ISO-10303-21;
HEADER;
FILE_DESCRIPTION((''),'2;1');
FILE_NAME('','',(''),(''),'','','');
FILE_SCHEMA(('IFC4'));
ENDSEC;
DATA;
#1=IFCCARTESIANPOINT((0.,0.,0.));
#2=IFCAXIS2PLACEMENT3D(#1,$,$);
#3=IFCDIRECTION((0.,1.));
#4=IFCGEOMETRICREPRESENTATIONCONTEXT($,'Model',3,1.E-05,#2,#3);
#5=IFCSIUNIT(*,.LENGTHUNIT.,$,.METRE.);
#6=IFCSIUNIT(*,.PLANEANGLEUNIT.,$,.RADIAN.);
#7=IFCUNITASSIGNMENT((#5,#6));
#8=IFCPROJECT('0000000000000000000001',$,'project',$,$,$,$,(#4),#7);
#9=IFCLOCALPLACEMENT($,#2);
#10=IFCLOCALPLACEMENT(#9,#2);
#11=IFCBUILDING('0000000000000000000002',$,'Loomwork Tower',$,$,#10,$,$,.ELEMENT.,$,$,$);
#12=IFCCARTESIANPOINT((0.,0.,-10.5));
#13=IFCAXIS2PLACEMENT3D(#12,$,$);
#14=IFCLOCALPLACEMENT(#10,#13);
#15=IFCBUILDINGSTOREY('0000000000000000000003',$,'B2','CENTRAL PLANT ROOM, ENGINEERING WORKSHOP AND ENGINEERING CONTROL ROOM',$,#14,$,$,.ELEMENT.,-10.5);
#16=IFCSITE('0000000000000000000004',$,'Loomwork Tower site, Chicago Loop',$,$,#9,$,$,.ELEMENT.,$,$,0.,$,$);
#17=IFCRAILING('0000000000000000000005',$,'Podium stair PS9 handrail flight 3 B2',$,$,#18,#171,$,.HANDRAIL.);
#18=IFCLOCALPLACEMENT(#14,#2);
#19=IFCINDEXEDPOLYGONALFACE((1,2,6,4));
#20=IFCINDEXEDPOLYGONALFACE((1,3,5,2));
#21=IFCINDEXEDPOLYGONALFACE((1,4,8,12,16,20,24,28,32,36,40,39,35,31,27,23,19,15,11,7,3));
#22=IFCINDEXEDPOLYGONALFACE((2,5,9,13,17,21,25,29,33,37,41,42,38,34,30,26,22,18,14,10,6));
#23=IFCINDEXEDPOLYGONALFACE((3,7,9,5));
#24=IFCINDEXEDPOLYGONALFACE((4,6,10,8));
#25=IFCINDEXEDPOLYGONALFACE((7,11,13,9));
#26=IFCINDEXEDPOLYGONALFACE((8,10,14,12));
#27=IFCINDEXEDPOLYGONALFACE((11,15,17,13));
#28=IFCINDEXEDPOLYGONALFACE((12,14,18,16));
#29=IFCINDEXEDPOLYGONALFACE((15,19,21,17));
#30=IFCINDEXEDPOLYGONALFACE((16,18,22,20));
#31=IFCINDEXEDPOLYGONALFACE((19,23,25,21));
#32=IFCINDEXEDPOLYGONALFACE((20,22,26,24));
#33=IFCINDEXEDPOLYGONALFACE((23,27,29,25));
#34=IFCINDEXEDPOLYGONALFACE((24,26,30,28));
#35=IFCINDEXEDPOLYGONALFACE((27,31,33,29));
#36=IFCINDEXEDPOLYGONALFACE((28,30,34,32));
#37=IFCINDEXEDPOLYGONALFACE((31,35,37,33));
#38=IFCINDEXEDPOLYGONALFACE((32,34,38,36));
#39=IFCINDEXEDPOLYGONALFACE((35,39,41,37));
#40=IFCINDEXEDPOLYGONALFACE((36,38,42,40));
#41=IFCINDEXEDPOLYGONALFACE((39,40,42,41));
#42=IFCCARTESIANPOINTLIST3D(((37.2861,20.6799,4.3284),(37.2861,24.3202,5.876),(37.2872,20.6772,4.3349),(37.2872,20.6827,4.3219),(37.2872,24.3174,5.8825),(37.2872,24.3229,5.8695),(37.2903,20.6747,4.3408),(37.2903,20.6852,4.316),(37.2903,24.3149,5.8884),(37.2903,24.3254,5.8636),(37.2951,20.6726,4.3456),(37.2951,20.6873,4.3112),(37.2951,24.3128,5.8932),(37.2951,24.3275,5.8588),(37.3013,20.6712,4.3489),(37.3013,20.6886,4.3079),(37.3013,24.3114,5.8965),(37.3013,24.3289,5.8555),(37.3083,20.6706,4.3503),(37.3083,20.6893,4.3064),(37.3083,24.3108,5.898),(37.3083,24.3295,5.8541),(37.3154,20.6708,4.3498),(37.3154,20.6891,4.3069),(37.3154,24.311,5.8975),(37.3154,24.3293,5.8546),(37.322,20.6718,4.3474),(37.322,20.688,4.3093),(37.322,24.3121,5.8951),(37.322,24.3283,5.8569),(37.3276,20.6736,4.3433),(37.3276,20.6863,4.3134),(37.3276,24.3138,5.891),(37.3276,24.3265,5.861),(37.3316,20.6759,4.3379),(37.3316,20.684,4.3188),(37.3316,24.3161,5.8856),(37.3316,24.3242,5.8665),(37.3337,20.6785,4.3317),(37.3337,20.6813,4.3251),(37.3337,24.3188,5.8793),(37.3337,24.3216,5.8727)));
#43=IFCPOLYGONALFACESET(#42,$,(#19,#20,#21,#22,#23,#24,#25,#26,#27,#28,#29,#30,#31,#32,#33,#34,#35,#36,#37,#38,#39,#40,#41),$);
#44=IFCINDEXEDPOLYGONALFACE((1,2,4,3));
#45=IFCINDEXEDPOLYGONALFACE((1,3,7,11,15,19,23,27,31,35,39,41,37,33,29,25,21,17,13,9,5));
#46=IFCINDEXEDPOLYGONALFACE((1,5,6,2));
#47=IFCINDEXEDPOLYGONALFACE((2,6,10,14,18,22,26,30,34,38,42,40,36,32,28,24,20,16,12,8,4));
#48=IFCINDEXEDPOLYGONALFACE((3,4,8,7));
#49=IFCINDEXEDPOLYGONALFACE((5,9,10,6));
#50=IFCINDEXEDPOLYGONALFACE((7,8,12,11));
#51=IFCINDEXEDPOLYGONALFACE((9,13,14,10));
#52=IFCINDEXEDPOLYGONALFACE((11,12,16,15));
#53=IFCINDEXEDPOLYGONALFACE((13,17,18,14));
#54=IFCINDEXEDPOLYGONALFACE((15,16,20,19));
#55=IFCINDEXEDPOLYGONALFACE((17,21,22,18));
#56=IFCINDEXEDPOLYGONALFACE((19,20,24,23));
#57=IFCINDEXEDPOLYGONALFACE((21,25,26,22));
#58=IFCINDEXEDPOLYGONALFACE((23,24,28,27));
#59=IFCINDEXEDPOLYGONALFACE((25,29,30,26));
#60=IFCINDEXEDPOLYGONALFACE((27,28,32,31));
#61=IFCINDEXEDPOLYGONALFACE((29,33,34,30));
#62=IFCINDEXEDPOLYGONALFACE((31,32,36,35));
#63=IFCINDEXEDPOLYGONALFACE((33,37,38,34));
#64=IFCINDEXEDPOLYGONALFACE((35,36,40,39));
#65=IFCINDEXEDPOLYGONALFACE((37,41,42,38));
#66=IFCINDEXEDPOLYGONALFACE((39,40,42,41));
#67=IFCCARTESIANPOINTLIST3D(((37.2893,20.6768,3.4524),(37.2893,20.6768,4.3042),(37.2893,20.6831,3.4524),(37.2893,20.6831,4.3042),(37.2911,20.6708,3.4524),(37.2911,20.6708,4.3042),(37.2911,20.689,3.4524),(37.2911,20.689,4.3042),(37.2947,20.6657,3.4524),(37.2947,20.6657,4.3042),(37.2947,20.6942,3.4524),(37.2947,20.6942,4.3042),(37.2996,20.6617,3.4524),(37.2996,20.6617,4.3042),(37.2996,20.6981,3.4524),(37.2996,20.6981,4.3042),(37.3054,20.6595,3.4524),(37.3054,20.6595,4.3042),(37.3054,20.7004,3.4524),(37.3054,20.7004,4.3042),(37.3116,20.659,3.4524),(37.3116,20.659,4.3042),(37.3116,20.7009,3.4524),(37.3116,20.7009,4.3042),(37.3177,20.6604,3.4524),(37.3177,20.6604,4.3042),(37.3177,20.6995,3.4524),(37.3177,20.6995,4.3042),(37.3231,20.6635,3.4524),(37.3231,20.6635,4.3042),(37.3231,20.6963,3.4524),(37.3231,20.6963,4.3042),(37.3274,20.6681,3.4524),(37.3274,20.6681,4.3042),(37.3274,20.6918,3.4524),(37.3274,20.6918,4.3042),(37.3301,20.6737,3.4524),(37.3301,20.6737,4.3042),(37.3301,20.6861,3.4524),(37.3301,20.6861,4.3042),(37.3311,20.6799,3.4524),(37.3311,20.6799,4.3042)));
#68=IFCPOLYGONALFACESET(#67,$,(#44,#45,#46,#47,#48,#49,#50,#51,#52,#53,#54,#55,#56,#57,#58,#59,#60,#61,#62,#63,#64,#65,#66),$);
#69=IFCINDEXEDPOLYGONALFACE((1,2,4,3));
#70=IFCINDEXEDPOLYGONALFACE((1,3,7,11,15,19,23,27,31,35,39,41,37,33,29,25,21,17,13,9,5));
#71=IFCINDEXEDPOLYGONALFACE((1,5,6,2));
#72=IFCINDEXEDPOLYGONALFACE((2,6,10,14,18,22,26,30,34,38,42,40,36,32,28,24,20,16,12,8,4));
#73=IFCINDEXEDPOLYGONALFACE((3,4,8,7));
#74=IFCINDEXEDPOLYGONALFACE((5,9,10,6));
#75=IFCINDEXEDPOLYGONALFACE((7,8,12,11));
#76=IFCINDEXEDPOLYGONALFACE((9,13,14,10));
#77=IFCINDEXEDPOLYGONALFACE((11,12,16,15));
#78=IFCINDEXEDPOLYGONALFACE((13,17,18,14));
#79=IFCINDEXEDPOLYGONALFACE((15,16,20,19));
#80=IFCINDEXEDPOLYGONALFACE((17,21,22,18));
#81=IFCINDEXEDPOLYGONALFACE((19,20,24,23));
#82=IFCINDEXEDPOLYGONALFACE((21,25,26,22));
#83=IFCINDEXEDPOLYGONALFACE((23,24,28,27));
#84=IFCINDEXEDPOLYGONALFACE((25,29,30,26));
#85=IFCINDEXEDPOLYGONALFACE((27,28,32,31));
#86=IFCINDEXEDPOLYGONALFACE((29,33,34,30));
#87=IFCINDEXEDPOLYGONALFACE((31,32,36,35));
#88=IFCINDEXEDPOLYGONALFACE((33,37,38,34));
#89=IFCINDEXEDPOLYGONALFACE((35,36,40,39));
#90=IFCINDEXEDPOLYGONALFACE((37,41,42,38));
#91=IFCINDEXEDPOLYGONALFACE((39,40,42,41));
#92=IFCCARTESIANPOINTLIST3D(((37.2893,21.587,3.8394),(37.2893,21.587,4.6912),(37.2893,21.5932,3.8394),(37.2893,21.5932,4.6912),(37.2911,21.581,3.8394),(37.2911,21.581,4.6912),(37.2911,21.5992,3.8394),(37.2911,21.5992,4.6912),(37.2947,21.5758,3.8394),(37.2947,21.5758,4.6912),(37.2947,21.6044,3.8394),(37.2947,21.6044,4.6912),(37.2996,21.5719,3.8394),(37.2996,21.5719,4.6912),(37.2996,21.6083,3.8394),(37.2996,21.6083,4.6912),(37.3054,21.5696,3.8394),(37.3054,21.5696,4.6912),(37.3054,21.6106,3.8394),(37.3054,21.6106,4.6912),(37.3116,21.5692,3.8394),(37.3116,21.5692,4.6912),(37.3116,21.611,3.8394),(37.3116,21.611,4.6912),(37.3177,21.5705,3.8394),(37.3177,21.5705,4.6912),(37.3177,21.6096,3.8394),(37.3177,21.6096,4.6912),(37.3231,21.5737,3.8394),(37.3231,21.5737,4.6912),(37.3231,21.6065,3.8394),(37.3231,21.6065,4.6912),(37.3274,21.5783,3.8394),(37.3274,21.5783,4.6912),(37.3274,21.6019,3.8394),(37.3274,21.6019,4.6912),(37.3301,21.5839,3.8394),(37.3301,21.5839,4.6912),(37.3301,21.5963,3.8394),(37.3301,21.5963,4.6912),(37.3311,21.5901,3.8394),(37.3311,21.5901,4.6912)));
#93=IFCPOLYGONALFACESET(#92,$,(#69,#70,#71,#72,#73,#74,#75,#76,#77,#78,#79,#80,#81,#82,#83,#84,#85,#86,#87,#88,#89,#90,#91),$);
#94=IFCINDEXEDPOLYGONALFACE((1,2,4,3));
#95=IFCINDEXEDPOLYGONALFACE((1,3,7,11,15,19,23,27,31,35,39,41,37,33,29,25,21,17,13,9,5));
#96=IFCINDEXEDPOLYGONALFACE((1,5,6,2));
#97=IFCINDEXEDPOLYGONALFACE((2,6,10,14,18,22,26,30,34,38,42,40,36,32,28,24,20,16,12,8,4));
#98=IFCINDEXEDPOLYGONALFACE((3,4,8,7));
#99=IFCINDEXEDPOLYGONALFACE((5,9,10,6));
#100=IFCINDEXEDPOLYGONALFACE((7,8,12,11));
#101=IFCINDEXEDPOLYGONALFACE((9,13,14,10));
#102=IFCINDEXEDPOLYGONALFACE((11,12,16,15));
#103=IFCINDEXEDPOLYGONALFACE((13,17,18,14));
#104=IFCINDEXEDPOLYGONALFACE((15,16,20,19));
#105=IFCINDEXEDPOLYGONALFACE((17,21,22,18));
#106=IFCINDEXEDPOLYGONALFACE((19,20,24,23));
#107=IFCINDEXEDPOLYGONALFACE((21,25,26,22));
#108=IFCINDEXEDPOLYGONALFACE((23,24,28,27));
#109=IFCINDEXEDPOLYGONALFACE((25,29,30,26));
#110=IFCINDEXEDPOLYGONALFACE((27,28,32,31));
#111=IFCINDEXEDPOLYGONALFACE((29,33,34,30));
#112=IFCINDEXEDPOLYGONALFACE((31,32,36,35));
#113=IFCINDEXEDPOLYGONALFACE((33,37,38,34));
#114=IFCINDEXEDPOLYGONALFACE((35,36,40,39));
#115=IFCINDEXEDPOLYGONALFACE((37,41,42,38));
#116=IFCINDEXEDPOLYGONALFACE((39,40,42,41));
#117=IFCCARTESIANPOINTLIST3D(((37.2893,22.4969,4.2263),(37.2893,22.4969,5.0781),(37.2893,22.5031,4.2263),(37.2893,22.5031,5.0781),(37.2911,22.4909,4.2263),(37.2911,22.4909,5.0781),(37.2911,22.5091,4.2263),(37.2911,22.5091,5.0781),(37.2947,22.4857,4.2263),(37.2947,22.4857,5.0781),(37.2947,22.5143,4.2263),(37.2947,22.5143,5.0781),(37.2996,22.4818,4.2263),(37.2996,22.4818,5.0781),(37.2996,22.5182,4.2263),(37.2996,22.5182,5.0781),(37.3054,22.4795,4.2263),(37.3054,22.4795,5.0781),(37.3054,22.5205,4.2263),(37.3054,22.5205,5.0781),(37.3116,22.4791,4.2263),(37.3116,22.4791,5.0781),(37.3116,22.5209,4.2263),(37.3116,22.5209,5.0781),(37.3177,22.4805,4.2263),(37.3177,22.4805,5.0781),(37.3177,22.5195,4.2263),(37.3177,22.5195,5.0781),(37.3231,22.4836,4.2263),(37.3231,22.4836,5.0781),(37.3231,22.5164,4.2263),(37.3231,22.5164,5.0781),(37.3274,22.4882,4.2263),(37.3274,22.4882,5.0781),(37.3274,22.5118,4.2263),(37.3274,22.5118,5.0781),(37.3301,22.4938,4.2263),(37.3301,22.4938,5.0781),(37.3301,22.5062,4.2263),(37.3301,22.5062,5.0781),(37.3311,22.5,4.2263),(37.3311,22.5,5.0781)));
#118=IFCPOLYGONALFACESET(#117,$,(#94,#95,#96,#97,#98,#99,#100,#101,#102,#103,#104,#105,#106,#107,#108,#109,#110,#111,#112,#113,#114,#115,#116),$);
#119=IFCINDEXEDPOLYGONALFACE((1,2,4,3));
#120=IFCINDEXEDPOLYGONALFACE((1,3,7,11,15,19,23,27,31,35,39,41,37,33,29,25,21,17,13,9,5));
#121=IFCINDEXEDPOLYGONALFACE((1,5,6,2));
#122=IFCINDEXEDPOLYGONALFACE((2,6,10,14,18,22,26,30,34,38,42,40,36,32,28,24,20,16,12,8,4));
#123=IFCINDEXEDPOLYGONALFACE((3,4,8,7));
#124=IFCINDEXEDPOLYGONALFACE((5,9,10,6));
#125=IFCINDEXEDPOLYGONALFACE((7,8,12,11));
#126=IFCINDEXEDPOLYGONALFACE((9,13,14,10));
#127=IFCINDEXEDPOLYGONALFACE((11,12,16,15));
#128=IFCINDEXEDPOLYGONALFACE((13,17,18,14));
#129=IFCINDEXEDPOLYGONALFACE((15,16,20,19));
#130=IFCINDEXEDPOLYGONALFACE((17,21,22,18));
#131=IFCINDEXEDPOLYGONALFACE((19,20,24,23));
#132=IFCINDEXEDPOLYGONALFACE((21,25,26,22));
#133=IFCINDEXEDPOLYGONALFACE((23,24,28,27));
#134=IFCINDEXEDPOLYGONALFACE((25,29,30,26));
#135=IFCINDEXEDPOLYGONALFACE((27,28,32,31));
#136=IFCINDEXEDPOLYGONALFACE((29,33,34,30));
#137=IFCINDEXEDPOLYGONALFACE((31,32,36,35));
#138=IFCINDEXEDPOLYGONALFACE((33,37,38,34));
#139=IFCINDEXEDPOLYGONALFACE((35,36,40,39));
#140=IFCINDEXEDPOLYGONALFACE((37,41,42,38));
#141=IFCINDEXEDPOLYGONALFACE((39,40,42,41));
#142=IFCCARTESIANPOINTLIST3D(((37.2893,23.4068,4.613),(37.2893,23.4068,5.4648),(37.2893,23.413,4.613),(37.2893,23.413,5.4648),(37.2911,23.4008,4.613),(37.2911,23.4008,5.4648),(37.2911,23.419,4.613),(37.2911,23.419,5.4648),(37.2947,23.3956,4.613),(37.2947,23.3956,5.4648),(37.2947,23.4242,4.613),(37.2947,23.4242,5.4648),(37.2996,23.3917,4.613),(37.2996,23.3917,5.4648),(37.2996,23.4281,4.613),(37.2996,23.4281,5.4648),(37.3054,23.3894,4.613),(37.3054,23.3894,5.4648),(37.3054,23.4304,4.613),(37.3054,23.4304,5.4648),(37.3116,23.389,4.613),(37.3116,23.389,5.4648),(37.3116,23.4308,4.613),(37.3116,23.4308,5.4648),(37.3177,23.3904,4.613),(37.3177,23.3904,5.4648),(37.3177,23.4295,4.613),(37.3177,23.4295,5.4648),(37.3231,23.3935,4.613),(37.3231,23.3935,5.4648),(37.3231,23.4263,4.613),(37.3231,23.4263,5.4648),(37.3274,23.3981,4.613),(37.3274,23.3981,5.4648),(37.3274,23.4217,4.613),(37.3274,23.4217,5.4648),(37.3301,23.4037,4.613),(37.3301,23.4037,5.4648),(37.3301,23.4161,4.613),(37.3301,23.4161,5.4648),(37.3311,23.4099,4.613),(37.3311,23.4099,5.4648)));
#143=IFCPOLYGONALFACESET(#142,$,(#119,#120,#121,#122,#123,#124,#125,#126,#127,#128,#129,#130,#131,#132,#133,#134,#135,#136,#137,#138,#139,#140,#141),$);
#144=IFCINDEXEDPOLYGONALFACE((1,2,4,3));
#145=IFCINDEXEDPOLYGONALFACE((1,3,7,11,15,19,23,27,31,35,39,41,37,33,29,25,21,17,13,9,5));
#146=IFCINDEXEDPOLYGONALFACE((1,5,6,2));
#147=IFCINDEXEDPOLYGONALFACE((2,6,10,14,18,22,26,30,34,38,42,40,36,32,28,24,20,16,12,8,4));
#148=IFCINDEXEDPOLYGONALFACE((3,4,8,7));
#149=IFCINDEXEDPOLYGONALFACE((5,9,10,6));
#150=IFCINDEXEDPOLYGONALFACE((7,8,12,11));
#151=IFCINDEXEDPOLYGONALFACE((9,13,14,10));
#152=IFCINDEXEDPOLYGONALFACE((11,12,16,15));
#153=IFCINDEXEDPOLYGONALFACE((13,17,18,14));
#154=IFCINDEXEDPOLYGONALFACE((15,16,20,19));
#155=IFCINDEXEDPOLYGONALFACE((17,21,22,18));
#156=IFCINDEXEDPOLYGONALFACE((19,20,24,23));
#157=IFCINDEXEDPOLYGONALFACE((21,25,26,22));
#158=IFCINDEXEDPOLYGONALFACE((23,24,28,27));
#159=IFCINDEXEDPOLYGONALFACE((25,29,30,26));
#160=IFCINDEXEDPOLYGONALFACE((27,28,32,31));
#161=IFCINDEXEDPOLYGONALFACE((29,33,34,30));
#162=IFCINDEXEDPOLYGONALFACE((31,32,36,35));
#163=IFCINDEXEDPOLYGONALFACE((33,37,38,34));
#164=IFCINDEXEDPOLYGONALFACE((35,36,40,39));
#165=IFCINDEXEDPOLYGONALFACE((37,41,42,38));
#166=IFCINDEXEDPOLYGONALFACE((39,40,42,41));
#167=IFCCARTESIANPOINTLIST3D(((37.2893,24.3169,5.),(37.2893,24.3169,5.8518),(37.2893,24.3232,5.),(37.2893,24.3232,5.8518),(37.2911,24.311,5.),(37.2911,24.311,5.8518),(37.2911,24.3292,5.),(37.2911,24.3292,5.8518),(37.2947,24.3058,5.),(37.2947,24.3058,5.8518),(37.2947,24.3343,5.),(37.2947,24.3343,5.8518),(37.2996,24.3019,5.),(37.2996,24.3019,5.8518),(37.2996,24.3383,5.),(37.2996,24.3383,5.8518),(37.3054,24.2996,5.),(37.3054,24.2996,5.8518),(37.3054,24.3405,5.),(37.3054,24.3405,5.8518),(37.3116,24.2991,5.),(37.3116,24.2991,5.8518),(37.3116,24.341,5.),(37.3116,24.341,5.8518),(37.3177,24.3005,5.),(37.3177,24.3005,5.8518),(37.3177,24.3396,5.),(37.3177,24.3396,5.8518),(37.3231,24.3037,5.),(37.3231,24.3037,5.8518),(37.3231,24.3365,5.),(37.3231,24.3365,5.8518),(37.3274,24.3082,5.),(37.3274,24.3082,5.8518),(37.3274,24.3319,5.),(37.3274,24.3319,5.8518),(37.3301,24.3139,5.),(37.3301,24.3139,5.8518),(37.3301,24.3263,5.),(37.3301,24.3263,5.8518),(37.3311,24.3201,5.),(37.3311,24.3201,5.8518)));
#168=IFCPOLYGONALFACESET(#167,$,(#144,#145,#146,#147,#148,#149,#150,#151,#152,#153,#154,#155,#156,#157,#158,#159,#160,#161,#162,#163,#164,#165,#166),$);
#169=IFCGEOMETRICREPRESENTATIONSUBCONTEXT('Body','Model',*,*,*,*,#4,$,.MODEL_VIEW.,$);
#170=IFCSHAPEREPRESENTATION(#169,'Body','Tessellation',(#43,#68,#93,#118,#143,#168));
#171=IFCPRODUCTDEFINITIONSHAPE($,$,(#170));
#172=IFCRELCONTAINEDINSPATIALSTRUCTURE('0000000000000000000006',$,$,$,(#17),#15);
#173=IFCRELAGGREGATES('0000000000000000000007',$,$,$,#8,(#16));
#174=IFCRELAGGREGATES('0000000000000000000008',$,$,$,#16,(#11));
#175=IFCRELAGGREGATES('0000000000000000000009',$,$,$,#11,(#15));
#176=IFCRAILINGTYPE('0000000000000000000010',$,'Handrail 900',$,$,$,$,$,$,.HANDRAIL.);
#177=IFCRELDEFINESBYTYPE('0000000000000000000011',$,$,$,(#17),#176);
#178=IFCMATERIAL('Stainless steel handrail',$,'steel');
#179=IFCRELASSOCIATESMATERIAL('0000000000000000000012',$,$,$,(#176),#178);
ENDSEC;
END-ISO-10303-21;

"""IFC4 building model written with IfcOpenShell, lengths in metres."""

from ifc_helpers import new_model, si_unit, direction, frame, origin, origin_2d, place, context, subcontext, project, spatial, circle, extrude, material, type_object, element, save


model = new_model("IFC4")

# Units and contexts
model_context = context("Model", 3, precision=1e-05, world=origin(), true_north=direction((0.0, 1.0)))
body_context = subcontext(model_context, "Body", "Model", "MODEL_VIEW")
ifc_project = project(units=[si_unit("LENGTHUNIT", "METRE"), si_unit("PLANEANGLEUNIT", "RADIAN")], contexts=[model_context])

# Site, building, storey
site_placement = place(None, origin())
site = spatial("IfcSite", under=ifc_project, at=site_placement, Name="Loomwork Tower site, Chicago Loop", CompositionType="ELEMENT", RefElevation=0.0)
building_placement = place(site_placement, origin())
building = spatial("IfcBuilding", under=site, at=building_placement, Name="Loomwork Tower", CompositionType="ELEMENT")
storey_placement = place(building_placement, frame((0.0, 0.0, -10.5)))
storey = spatial("IfcBuildingStorey", under=building, at=storey_placement, Name="B2", Description="CENTRAL PLANT ROOM, ENGINEERING WORKSHOP AND ENGINEERING CONTROL ROOM", CompositionType="ELEMENT", Elevation=-10.5)

# Railing
ifc_material_1 = material(Name="Stainless steel handrail", Category="steel")
railing_type = type_object("IfcRailingType", Name="Handrail 900", PredefinedType="HANDRAIL", material=ifc_material_1)
railing_1_placement = place(storey_placement, frame((37.3101, 20.6799, 3.4524)))
element("IfcRailing", 1, at=railing_1_placement, inside=storey, type_object=railing_type, Name="Podium stair PS9 handrail flight 3 B2", PredefinedType="HANDRAIL", context=body_context, shape_type="SweptSolid", body=[
    extrude(circle(Radius=0.0239, at=origin_2d()), frame((0.0, 0.0, 0.876), z_axis=(0.0, 0.920281, 0.391258), x_axis=(-1.0, 0.0, 0.0)), (0.0, 0.0, 1.0), 3.9556),
    extrude(circle(Radius=0.021, at=origin_2d()), origin(), (0.0, 0.0, 1.0), 0.8518),
    extrude(circle(Radius=0.021, at=origin_2d()), frame((0.0, 0.9102, 0.387)), (0.0, 0.0, 1.0), 0.8518),
    extrude(circle(Radius=0.021, at=origin_2d()), frame((0.0, 1.8201, 0.7739)), (0.0, 0.0, 1.0), 0.8518),
    extrude(circle(Radius=0.021, at=origin_2d()), frame((0.0, 2.73, 1.1606)), (0.0, 0.0, 1.0), 0.8518),
    extrude(circle(Radius=0.021, at=origin_2d()), frame((0.0, 3.6401, 1.5476)), (0.0, 0.0, 1.0), 0.8518),
])

save(model, "model.ifc")
